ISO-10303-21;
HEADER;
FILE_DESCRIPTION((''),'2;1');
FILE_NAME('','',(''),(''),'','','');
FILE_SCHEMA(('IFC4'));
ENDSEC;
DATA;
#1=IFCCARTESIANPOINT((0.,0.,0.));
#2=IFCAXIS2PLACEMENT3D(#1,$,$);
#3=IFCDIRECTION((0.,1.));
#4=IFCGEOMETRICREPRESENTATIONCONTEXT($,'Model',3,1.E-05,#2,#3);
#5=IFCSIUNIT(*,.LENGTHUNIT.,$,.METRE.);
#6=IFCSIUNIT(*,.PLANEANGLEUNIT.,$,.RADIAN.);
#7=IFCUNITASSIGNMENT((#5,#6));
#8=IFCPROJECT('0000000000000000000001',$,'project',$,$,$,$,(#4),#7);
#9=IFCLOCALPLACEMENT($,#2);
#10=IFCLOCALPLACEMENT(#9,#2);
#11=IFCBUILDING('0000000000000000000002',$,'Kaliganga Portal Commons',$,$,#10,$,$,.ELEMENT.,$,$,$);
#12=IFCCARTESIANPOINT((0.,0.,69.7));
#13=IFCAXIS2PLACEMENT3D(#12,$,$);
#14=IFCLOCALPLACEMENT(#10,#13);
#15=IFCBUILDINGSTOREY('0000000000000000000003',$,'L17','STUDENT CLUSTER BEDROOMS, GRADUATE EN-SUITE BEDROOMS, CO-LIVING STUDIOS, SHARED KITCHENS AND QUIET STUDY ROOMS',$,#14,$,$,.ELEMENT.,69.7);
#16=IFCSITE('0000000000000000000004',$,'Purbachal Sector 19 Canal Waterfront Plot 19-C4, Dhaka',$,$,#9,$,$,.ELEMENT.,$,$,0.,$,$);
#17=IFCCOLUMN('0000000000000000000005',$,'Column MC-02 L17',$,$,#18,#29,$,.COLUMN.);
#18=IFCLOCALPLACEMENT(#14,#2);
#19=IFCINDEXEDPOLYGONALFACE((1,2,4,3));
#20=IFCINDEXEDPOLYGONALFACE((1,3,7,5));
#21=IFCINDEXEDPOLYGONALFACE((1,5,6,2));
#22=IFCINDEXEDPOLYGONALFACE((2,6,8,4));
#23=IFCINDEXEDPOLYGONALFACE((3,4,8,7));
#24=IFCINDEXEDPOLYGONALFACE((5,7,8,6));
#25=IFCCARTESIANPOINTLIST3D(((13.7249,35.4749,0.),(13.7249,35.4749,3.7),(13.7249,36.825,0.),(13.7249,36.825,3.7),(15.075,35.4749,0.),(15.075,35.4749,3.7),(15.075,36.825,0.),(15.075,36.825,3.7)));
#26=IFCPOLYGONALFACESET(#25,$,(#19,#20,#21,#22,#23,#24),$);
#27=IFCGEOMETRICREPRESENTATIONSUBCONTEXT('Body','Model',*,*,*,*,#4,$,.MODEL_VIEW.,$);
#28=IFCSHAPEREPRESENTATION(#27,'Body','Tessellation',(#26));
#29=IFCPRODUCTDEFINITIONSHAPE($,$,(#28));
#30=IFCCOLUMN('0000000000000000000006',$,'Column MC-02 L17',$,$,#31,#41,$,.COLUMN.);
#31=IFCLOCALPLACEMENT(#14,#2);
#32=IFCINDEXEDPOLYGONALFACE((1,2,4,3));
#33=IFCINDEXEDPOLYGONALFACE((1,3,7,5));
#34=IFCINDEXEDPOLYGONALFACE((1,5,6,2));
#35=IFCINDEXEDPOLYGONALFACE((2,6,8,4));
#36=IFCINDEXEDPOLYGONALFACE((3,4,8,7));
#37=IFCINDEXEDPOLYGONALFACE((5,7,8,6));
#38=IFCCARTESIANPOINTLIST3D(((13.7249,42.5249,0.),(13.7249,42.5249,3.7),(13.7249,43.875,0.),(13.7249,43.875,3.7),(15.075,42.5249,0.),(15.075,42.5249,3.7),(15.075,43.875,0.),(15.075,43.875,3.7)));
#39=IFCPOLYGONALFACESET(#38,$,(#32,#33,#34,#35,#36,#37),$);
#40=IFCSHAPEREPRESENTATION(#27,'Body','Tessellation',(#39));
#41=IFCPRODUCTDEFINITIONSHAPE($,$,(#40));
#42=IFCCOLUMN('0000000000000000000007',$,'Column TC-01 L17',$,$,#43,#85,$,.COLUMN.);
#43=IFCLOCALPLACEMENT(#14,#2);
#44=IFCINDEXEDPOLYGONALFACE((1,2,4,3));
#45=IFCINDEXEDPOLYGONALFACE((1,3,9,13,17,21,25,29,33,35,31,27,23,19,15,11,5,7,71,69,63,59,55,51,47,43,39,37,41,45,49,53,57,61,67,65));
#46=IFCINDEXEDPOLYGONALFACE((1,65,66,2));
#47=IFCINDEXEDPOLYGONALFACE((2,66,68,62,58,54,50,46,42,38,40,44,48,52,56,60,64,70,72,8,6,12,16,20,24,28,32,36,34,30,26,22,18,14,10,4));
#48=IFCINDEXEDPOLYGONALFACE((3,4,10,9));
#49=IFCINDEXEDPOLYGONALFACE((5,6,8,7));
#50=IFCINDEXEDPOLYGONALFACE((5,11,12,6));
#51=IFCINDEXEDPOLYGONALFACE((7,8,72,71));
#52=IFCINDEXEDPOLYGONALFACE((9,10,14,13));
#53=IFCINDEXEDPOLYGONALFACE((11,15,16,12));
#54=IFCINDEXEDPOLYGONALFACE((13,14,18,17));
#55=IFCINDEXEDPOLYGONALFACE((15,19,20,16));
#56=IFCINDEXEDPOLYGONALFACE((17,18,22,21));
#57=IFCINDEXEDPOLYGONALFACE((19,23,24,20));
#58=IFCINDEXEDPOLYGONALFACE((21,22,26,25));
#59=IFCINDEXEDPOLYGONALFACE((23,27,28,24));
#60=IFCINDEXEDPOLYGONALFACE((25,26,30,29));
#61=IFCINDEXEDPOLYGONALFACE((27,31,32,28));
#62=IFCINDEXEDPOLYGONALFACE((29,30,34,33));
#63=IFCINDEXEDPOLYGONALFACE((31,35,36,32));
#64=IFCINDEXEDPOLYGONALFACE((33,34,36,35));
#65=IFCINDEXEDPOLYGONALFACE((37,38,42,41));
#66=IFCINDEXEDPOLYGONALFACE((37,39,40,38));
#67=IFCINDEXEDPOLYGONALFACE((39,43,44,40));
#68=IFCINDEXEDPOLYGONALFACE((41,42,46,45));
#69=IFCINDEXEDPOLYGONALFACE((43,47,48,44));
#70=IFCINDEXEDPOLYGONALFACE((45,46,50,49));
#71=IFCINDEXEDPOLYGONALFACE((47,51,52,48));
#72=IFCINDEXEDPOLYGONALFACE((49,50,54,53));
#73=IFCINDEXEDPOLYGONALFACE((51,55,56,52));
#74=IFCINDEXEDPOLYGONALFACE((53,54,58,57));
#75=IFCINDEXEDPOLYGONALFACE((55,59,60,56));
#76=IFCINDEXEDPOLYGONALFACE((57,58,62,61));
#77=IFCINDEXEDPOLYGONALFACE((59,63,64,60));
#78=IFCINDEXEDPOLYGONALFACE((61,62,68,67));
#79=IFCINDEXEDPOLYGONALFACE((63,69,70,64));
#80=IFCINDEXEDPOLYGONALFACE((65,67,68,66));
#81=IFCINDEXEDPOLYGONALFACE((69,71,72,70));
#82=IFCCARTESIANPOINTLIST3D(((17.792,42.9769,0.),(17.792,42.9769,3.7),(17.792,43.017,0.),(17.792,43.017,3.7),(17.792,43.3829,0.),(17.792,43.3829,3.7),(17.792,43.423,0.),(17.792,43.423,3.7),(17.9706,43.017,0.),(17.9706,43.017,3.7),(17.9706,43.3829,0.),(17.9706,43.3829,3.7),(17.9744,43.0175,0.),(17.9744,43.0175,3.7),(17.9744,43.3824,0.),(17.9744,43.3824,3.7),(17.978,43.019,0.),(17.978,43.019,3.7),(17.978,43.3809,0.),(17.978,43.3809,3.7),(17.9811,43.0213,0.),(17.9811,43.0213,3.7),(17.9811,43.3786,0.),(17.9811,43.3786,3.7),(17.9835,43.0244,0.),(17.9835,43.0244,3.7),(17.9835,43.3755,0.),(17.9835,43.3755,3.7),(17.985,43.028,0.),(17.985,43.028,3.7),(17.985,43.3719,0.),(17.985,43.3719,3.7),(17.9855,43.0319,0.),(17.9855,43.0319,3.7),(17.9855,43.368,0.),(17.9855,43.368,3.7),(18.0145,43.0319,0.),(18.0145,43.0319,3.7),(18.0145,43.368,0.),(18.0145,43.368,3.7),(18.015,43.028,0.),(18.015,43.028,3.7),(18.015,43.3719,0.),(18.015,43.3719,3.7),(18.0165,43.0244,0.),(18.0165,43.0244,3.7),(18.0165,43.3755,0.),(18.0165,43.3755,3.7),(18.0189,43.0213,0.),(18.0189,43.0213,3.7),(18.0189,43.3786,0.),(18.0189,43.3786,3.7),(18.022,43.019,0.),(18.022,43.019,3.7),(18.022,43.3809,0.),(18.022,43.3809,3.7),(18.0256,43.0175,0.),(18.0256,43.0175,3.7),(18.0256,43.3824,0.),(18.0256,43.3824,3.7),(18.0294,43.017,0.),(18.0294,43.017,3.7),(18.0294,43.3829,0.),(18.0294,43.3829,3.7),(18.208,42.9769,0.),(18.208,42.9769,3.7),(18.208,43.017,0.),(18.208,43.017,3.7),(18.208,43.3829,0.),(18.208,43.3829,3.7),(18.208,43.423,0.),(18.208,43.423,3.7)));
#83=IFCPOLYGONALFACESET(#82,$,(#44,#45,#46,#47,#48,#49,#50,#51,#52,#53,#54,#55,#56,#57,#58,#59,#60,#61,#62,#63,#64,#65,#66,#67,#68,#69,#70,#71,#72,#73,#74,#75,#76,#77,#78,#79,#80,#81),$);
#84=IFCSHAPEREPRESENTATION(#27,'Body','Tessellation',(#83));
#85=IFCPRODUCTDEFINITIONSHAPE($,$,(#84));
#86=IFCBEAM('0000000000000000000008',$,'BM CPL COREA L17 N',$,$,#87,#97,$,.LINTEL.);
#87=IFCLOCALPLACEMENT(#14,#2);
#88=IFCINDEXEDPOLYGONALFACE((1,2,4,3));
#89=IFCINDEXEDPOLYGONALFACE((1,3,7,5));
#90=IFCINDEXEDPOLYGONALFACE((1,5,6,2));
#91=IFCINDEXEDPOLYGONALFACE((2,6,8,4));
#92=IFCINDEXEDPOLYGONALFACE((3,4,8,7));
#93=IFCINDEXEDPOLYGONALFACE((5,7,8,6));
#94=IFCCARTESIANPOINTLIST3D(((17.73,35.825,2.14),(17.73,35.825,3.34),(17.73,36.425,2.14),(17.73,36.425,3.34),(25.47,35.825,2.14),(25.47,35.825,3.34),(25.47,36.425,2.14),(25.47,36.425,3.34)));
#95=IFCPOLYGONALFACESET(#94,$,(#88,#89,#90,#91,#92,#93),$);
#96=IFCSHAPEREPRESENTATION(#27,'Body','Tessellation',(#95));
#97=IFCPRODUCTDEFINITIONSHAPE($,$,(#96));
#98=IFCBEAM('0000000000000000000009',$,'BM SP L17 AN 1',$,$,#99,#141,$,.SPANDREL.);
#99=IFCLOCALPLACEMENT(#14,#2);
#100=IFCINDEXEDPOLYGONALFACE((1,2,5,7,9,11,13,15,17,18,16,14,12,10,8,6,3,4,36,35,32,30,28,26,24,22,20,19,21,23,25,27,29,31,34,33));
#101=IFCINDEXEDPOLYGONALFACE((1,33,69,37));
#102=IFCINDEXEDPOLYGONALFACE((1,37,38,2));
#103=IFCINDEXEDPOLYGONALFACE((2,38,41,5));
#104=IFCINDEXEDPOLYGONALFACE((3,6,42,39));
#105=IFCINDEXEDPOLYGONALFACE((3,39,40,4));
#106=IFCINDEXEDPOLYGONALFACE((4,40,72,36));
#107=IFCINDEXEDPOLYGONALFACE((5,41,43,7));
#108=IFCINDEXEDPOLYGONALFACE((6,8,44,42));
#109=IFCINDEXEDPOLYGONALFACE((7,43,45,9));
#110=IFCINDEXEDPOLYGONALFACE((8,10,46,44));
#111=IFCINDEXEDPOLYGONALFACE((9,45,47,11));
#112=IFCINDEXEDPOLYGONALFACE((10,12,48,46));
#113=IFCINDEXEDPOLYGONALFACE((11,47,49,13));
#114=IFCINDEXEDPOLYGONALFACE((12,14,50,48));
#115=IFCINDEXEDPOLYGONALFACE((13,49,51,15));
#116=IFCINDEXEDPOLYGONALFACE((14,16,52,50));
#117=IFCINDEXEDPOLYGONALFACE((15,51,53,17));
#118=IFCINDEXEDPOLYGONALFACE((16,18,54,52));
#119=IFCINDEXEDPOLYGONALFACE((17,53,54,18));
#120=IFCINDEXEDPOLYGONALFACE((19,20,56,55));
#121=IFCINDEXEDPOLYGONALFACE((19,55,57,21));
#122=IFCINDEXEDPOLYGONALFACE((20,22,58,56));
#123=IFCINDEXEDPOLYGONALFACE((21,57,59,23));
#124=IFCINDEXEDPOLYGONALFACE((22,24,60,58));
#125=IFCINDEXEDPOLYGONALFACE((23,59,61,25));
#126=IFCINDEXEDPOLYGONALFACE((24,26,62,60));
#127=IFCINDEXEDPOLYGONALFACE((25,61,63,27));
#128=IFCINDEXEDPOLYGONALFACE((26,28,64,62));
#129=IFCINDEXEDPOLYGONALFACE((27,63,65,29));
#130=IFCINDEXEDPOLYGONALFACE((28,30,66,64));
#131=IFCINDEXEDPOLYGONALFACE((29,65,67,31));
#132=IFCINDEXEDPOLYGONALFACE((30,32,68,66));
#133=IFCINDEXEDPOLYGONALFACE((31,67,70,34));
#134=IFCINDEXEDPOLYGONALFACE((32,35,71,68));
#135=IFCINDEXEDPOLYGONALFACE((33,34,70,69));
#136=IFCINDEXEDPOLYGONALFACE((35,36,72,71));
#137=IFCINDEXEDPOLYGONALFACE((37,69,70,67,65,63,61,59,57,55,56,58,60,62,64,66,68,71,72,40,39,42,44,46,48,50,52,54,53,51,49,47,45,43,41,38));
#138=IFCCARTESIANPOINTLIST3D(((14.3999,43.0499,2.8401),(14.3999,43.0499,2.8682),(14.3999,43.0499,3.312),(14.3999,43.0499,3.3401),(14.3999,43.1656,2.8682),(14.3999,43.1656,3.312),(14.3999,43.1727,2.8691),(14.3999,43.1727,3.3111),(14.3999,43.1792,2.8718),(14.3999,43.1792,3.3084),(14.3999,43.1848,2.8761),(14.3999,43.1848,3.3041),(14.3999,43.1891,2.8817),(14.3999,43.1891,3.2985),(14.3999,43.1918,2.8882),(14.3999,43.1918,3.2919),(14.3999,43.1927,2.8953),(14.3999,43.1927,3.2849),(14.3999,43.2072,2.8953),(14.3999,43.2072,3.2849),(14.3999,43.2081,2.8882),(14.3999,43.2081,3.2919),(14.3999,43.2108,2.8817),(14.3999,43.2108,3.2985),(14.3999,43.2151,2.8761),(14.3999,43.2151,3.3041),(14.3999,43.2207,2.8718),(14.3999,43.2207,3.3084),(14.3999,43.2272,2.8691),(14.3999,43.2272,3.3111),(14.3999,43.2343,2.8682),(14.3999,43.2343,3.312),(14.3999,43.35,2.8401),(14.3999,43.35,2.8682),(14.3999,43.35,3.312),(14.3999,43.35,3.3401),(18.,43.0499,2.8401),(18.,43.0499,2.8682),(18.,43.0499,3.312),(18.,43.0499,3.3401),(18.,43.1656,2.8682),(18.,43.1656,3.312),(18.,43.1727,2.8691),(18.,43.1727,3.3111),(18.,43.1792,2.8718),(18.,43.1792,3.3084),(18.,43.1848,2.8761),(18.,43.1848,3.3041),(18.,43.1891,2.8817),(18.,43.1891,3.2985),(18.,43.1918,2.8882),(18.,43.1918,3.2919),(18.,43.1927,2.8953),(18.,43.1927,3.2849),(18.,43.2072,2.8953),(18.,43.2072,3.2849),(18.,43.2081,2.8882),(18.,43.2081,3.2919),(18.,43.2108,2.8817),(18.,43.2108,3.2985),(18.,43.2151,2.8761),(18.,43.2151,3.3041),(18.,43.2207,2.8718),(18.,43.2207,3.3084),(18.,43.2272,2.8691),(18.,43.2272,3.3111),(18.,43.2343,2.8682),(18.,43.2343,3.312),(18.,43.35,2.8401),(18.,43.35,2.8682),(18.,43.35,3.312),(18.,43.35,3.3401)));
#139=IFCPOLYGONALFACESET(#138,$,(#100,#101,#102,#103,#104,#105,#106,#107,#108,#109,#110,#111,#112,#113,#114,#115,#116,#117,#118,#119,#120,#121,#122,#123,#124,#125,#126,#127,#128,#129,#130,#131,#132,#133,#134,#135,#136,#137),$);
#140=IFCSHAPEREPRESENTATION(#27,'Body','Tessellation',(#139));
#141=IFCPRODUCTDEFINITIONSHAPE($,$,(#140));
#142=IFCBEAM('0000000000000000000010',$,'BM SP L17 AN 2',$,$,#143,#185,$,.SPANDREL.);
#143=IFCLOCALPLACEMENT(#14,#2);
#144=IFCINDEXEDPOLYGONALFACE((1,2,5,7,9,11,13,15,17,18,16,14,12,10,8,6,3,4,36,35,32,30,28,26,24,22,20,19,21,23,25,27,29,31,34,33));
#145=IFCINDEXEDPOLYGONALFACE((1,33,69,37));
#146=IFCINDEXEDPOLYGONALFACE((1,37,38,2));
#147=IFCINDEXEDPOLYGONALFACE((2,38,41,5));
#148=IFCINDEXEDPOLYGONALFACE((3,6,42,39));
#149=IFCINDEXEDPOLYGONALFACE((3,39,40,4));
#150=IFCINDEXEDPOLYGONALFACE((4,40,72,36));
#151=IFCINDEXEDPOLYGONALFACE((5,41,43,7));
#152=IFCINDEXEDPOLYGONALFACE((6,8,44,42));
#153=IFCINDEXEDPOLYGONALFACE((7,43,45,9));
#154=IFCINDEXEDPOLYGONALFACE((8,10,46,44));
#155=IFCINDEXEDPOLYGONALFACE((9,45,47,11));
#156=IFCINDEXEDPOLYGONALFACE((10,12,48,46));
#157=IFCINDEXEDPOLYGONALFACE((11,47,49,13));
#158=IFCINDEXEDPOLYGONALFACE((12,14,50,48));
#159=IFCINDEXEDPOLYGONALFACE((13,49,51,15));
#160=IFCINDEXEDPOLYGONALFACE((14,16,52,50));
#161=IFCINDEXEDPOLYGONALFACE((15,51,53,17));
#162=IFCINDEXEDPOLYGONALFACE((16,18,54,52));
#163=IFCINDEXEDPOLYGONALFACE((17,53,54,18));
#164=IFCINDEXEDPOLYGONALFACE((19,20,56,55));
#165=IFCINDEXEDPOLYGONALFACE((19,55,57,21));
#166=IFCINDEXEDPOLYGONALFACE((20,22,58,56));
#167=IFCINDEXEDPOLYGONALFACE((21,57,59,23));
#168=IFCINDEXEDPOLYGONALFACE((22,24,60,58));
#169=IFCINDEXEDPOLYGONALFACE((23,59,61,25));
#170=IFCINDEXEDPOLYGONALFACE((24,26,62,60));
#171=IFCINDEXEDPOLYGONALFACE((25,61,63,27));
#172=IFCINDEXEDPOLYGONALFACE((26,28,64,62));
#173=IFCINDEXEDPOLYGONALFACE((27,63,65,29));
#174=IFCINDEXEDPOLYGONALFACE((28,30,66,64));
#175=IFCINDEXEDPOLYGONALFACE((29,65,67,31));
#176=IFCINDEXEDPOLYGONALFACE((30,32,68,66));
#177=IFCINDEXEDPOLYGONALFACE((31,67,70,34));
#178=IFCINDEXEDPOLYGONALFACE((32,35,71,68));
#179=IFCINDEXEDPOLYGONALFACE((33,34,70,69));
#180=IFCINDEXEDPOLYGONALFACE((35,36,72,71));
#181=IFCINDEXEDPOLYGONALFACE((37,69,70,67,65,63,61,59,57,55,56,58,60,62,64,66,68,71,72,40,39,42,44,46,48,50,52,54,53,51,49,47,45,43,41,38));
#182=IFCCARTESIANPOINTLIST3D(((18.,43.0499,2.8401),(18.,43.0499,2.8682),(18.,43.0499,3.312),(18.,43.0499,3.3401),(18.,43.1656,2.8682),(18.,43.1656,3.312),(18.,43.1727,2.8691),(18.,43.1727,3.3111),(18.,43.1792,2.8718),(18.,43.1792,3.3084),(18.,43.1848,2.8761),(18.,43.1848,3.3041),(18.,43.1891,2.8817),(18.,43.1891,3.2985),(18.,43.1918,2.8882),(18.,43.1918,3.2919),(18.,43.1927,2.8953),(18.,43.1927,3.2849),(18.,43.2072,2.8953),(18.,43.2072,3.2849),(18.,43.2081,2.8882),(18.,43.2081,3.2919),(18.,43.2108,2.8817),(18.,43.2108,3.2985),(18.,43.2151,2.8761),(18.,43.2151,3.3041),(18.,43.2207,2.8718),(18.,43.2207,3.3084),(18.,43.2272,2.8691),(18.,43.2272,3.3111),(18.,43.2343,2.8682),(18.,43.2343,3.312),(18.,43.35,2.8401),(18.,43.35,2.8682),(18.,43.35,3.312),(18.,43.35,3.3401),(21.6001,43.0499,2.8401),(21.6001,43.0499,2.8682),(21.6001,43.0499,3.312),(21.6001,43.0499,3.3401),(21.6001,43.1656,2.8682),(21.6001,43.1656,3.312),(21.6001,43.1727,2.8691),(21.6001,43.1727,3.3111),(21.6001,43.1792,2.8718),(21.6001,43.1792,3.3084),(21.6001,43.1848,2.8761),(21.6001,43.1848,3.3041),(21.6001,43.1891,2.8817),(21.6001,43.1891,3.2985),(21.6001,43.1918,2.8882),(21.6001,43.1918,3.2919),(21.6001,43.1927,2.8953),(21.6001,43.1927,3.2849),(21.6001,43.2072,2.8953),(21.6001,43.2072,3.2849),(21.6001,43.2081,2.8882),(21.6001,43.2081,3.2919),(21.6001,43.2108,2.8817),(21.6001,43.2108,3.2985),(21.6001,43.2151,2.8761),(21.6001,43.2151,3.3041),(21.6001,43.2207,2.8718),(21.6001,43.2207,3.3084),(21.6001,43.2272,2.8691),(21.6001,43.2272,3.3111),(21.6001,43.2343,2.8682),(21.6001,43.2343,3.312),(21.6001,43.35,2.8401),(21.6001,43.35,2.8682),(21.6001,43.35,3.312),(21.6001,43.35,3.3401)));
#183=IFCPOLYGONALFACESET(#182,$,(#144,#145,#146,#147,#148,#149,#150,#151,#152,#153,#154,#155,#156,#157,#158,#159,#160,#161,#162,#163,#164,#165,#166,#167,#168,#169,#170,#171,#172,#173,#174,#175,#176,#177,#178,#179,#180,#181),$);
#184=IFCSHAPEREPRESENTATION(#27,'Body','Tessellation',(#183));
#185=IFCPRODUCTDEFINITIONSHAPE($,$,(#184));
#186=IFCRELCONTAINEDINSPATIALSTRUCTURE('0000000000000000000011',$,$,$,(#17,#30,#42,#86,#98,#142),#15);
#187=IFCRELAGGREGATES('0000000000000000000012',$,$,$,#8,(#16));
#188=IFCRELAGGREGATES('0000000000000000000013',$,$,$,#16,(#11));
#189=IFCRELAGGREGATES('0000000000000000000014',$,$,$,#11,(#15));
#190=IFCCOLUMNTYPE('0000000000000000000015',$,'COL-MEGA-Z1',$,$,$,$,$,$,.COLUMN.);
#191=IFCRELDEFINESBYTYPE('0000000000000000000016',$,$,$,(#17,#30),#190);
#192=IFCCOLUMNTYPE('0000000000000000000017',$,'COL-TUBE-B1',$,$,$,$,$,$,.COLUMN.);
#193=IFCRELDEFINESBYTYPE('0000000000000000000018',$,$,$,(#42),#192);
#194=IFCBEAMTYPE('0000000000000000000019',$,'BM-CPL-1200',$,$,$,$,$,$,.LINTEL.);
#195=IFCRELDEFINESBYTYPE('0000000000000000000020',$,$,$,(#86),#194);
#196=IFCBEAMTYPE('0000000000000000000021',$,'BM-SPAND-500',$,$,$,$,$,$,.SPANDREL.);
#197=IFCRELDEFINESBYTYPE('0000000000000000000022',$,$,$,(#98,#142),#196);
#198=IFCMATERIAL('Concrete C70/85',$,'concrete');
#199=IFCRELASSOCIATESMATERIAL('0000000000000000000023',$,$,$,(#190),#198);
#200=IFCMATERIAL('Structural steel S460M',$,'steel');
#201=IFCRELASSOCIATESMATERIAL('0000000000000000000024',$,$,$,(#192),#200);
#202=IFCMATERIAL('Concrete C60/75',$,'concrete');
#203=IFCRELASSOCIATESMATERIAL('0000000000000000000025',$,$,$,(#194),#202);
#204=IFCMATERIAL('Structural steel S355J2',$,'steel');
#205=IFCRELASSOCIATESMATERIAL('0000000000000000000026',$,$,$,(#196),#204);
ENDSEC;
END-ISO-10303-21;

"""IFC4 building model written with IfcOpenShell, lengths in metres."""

from ifc_helpers import new_model, si_unit, direction, frame, origin, origin_2d, place, context, subcontext, project, spatial, rectangle, i_section, extrude, source, transform, mapped, material, material_profile, profile_set, type_object, element, save


model = new_model("IFC4")

# Units and contexts
model_context = context("Model", 3, precision=1e-05, world=origin(), true_north=direction((0.0, 1.0)))
body_context = subcontext(model_context, "Body", "Model", "MODEL_VIEW")
ifc_project = project(units=[si_unit("LENGTHUNIT", "METRE"), si_unit("PLANEANGLEUNIT", "RADIAN")], contexts=[model_context])

# Site, building, storey
site_placement = place(None, origin())
site = spatial("IfcSite", under=ifc_project, at=site_placement, Name="Purbachal Sector 19 Canal Waterfront Plot 19-C4, Dhaka", CompositionType="ELEMENT", RefElevation=0.0)
building_placement = place(site_placement, origin())
building = spatial("IfcBuilding", under=site, at=building_placement, Name="Kaliganga Portal Commons", CompositionType="ELEMENT")
storey_placement = place(building_placement, frame((0.0, 0.0, 69.7)))
storey = spatial("IfcBuildingStorey", under=building, at=storey_placement, Name="L17", Description="STUDENT CLUSTER BEDROOMS, GRADUATE EN-SUITE BEDROOMS, CO-LIVING STUDIOS, SHARED KITCHENS AND QUIET STUDY ROOMS", CompositionType="ELEMENT", Elevation=69.7)

# Columns
ifc_material_1 = material(Name="Concrete C70/85", Category="concrete")
ifc_material_profile_1 = material_profile(ifc_material_1, rectangle(XDim=1.3501, YDim=1.3501, at=origin_2d()), Name="RC 1350x1350")
ifc_profile_set_1 = profile_set([ifc_material_profile_1], Name="Concrete C70/85")
column_type_1 = type_object("IfcColumnType", Name="COL-MEGA-Z1", PredefinedType="COLUMN", material=ifc_profile_set_1)
shared_shape_1 = source(origin(), body_context, "Body", "SweptSolid", [
    extrude(rectangle(XDim=1.3501, YDim=1.3501, at=origin_2d()), origin(), (0.0, 0.0, 1.0), 3.7),
])
for number, where, z_axis, x_axis, name in (
    (1, (14.3999, 36.1499, 0.0), (0.0, 0.0, 1.0), (1.0, 0.0, 0.0), "Column MC-02 L17"),
    (2, (14.3999, 43.2, 0.0), (0.0, 0.0, 1.0), (1.0, 0.0, 0.0), "Column MC-02 L17"),
):
    element("IfcColumn", number, at=place(storey_placement, frame(where, z_axis=z_axis, x_axis=x_axis)), inside=storey, type_object=column_type_1, Name=name, PredefinedType="COLUMN", context=body_context, shape_type="MappedRepresentation", body=[
        mapped(shared_shape_1, transform((0.0, 0.0, 0.0), x_axis=(1.0, 0.0, 0.0), y_axis=(0.0, 1.0, 0.0), z_axis=(0.0, 0.0, 1.0), scale=1.0)),
    ])
ifc_material_2 = material(Name="Structural steel S460M", Category="steel")
ifc_material_profile_2 = material_profile(ifc_material_2, i_section(OverallWidth=0.416, OverallDepth=0.446, WebThickness=0.0291, FlangeThickness=0.04, FilletRadius=0.0149, at=origin_2d()), Name="HD 400x509")
ifc_profile_set_2 = profile_set([ifc_material_profile_2], Name="Structural steel S460M wide-flange")
column_type_2 = type_object("IfcColumnType", Name="COL-TUBE-B1", PredefinedType="COLUMN", material=ifc_profile_set_2)
shared_shape_2 = source(origin(), body_context, "Body", "SweptSolid", [
    extrude(i_section(OverallWidth=0.416, OverallDepth=0.446, WebThickness=0.0291, FlangeThickness=0.04, FilletRadius=0.0149, at=origin_2d()), origin(), (0.0, 0.0, 1.0), 3.7),
])
column_placement = place(storey_placement, frame((18.0, 43.2, 0.0), z_axis=(0.0, 0.0, 1.0), x_axis=(1.0, 0.0, 0.0)))
element("IfcColumn", 3, at=column_placement, inside=storey, type_object=column_type_2, Name="Column TC-01 L17", PredefinedType="COLUMN", context=body_context, shape_type="MappedRepresentation", body=[
    mapped(shared_shape_2, transform((0.0, 0.0, 0.0), x_axis=(1.0, 0.0, 0.0), y_axis=(0.0, 1.0, 0.0), z_axis=(0.0, 0.0, 1.0), scale=1.0)),
])

# Beams
ifc_material_3 = material(Name="Concrete C60/75", Category="concrete")
ifc_material_profile_3 = material_profile(ifc_material_3, rectangle(XDim=0.6001, YDim=1.2, at=origin_2d()), Name="RC 600x1200")
ifc_profile_set_3 = profile_set([ifc_material_profile_3], Name="Concrete C60/75")
beam_type_1 = type_object("IfcBeamType", Name="BM-CPL-1200", PredefinedType="LINTEL", material=ifc_profile_set_3)
shared_shape_3 = source(origin(), body_context, "Body", "SweptSolid", [
    extrude(rectangle(XDim=0.6001, YDim=1.2, at=origin_2d()), origin(), (0.0, 0.0, 1.0), 7.74),
])
beam_1_placement = place(storey_placement, frame((17.73, 36.125, 2.74), z_axis=(1.0, 0.0, 0.0), x_axis=(0.0, 1.0, 0.0)))
element("IfcBeam", 4, at=beam_1_placement, inside=storey, type_object=beam_type_1, Name="BM CPL COREA L17 N", PredefinedType="LINTEL", context=body_context, shape_type="MappedRepresentation", body=[
    mapped(shared_shape_3, transform((0.0, 0.0, 0.0), x_axis=(1.0, 0.0, 0.0), y_axis=(0.0, 1.0, 0.0), z_axis=(0.0, 0.0, 1.0), scale=1.0)),
])
ifc_material_4 = material(Name="Structural steel S355J2", Category="steel")
ifc_material_profile_4 = material_profile(ifc_material_4, i_section(OverallWidth=0.3, OverallDepth=0.5, WebThickness=0.0144, FlangeThickness=0.0281, FilletRadius=0.0271, at=origin_2d()), Name="HE 500 B")
ifc_profile_set_4 = profile_set([ifc_material_profile_4], Name="Structural steel S355J2 wide-flange")
beam_type_2 = type_object("IfcBeamType", Name="BM-SPAND-500", PredefinedType="SPANDREL", material=ifc_profile_set_4)
shared_shape_4 = source(origin(), body_context, "Body", "SweptSolid", [
    extrude(i_section(OverallWidth=0.3, OverallDepth=0.5, WebThickness=0.0144, FlangeThickness=0.0281, FilletRadius=0.0271, at=origin_2d()), origin(), (0.0, 0.0, 1.0), 3.6001),
])
for number, where, z_axis, x_axis, name in (
    (5, (14.3999, 43.2, 3.0901), (1.0, 0.0, 0.0), (0.0, 1.0, 0.0), "BM SP L17 AN 1"),
    (6, (18.0, 43.2, 3.0901), (1.0, 0.0, 0.0), (0.0, 1.0, 0.0), "BM SP L17 AN 2"),
):
    element("IfcBeam", number, at=place(storey_placement, frame(where, z_axis=z_axis, x_axis=x_axis)), inside=storey, type_object=beam_type_2, Name=name, PredefinedType="SPANDREL", context=body_context, shape_type="MappedRepresentation", body=[
        mapped(shared_shape_4, transform((0.0, 0.0, 0.0), x_axis=(1.0, 0.0, 0.0), y_axis=(0.0, 1.0, 0.0), z_axis=(0.0, 0.0, 1.0), scale=1.0)),
    ])

save(model, "model.ifc")
